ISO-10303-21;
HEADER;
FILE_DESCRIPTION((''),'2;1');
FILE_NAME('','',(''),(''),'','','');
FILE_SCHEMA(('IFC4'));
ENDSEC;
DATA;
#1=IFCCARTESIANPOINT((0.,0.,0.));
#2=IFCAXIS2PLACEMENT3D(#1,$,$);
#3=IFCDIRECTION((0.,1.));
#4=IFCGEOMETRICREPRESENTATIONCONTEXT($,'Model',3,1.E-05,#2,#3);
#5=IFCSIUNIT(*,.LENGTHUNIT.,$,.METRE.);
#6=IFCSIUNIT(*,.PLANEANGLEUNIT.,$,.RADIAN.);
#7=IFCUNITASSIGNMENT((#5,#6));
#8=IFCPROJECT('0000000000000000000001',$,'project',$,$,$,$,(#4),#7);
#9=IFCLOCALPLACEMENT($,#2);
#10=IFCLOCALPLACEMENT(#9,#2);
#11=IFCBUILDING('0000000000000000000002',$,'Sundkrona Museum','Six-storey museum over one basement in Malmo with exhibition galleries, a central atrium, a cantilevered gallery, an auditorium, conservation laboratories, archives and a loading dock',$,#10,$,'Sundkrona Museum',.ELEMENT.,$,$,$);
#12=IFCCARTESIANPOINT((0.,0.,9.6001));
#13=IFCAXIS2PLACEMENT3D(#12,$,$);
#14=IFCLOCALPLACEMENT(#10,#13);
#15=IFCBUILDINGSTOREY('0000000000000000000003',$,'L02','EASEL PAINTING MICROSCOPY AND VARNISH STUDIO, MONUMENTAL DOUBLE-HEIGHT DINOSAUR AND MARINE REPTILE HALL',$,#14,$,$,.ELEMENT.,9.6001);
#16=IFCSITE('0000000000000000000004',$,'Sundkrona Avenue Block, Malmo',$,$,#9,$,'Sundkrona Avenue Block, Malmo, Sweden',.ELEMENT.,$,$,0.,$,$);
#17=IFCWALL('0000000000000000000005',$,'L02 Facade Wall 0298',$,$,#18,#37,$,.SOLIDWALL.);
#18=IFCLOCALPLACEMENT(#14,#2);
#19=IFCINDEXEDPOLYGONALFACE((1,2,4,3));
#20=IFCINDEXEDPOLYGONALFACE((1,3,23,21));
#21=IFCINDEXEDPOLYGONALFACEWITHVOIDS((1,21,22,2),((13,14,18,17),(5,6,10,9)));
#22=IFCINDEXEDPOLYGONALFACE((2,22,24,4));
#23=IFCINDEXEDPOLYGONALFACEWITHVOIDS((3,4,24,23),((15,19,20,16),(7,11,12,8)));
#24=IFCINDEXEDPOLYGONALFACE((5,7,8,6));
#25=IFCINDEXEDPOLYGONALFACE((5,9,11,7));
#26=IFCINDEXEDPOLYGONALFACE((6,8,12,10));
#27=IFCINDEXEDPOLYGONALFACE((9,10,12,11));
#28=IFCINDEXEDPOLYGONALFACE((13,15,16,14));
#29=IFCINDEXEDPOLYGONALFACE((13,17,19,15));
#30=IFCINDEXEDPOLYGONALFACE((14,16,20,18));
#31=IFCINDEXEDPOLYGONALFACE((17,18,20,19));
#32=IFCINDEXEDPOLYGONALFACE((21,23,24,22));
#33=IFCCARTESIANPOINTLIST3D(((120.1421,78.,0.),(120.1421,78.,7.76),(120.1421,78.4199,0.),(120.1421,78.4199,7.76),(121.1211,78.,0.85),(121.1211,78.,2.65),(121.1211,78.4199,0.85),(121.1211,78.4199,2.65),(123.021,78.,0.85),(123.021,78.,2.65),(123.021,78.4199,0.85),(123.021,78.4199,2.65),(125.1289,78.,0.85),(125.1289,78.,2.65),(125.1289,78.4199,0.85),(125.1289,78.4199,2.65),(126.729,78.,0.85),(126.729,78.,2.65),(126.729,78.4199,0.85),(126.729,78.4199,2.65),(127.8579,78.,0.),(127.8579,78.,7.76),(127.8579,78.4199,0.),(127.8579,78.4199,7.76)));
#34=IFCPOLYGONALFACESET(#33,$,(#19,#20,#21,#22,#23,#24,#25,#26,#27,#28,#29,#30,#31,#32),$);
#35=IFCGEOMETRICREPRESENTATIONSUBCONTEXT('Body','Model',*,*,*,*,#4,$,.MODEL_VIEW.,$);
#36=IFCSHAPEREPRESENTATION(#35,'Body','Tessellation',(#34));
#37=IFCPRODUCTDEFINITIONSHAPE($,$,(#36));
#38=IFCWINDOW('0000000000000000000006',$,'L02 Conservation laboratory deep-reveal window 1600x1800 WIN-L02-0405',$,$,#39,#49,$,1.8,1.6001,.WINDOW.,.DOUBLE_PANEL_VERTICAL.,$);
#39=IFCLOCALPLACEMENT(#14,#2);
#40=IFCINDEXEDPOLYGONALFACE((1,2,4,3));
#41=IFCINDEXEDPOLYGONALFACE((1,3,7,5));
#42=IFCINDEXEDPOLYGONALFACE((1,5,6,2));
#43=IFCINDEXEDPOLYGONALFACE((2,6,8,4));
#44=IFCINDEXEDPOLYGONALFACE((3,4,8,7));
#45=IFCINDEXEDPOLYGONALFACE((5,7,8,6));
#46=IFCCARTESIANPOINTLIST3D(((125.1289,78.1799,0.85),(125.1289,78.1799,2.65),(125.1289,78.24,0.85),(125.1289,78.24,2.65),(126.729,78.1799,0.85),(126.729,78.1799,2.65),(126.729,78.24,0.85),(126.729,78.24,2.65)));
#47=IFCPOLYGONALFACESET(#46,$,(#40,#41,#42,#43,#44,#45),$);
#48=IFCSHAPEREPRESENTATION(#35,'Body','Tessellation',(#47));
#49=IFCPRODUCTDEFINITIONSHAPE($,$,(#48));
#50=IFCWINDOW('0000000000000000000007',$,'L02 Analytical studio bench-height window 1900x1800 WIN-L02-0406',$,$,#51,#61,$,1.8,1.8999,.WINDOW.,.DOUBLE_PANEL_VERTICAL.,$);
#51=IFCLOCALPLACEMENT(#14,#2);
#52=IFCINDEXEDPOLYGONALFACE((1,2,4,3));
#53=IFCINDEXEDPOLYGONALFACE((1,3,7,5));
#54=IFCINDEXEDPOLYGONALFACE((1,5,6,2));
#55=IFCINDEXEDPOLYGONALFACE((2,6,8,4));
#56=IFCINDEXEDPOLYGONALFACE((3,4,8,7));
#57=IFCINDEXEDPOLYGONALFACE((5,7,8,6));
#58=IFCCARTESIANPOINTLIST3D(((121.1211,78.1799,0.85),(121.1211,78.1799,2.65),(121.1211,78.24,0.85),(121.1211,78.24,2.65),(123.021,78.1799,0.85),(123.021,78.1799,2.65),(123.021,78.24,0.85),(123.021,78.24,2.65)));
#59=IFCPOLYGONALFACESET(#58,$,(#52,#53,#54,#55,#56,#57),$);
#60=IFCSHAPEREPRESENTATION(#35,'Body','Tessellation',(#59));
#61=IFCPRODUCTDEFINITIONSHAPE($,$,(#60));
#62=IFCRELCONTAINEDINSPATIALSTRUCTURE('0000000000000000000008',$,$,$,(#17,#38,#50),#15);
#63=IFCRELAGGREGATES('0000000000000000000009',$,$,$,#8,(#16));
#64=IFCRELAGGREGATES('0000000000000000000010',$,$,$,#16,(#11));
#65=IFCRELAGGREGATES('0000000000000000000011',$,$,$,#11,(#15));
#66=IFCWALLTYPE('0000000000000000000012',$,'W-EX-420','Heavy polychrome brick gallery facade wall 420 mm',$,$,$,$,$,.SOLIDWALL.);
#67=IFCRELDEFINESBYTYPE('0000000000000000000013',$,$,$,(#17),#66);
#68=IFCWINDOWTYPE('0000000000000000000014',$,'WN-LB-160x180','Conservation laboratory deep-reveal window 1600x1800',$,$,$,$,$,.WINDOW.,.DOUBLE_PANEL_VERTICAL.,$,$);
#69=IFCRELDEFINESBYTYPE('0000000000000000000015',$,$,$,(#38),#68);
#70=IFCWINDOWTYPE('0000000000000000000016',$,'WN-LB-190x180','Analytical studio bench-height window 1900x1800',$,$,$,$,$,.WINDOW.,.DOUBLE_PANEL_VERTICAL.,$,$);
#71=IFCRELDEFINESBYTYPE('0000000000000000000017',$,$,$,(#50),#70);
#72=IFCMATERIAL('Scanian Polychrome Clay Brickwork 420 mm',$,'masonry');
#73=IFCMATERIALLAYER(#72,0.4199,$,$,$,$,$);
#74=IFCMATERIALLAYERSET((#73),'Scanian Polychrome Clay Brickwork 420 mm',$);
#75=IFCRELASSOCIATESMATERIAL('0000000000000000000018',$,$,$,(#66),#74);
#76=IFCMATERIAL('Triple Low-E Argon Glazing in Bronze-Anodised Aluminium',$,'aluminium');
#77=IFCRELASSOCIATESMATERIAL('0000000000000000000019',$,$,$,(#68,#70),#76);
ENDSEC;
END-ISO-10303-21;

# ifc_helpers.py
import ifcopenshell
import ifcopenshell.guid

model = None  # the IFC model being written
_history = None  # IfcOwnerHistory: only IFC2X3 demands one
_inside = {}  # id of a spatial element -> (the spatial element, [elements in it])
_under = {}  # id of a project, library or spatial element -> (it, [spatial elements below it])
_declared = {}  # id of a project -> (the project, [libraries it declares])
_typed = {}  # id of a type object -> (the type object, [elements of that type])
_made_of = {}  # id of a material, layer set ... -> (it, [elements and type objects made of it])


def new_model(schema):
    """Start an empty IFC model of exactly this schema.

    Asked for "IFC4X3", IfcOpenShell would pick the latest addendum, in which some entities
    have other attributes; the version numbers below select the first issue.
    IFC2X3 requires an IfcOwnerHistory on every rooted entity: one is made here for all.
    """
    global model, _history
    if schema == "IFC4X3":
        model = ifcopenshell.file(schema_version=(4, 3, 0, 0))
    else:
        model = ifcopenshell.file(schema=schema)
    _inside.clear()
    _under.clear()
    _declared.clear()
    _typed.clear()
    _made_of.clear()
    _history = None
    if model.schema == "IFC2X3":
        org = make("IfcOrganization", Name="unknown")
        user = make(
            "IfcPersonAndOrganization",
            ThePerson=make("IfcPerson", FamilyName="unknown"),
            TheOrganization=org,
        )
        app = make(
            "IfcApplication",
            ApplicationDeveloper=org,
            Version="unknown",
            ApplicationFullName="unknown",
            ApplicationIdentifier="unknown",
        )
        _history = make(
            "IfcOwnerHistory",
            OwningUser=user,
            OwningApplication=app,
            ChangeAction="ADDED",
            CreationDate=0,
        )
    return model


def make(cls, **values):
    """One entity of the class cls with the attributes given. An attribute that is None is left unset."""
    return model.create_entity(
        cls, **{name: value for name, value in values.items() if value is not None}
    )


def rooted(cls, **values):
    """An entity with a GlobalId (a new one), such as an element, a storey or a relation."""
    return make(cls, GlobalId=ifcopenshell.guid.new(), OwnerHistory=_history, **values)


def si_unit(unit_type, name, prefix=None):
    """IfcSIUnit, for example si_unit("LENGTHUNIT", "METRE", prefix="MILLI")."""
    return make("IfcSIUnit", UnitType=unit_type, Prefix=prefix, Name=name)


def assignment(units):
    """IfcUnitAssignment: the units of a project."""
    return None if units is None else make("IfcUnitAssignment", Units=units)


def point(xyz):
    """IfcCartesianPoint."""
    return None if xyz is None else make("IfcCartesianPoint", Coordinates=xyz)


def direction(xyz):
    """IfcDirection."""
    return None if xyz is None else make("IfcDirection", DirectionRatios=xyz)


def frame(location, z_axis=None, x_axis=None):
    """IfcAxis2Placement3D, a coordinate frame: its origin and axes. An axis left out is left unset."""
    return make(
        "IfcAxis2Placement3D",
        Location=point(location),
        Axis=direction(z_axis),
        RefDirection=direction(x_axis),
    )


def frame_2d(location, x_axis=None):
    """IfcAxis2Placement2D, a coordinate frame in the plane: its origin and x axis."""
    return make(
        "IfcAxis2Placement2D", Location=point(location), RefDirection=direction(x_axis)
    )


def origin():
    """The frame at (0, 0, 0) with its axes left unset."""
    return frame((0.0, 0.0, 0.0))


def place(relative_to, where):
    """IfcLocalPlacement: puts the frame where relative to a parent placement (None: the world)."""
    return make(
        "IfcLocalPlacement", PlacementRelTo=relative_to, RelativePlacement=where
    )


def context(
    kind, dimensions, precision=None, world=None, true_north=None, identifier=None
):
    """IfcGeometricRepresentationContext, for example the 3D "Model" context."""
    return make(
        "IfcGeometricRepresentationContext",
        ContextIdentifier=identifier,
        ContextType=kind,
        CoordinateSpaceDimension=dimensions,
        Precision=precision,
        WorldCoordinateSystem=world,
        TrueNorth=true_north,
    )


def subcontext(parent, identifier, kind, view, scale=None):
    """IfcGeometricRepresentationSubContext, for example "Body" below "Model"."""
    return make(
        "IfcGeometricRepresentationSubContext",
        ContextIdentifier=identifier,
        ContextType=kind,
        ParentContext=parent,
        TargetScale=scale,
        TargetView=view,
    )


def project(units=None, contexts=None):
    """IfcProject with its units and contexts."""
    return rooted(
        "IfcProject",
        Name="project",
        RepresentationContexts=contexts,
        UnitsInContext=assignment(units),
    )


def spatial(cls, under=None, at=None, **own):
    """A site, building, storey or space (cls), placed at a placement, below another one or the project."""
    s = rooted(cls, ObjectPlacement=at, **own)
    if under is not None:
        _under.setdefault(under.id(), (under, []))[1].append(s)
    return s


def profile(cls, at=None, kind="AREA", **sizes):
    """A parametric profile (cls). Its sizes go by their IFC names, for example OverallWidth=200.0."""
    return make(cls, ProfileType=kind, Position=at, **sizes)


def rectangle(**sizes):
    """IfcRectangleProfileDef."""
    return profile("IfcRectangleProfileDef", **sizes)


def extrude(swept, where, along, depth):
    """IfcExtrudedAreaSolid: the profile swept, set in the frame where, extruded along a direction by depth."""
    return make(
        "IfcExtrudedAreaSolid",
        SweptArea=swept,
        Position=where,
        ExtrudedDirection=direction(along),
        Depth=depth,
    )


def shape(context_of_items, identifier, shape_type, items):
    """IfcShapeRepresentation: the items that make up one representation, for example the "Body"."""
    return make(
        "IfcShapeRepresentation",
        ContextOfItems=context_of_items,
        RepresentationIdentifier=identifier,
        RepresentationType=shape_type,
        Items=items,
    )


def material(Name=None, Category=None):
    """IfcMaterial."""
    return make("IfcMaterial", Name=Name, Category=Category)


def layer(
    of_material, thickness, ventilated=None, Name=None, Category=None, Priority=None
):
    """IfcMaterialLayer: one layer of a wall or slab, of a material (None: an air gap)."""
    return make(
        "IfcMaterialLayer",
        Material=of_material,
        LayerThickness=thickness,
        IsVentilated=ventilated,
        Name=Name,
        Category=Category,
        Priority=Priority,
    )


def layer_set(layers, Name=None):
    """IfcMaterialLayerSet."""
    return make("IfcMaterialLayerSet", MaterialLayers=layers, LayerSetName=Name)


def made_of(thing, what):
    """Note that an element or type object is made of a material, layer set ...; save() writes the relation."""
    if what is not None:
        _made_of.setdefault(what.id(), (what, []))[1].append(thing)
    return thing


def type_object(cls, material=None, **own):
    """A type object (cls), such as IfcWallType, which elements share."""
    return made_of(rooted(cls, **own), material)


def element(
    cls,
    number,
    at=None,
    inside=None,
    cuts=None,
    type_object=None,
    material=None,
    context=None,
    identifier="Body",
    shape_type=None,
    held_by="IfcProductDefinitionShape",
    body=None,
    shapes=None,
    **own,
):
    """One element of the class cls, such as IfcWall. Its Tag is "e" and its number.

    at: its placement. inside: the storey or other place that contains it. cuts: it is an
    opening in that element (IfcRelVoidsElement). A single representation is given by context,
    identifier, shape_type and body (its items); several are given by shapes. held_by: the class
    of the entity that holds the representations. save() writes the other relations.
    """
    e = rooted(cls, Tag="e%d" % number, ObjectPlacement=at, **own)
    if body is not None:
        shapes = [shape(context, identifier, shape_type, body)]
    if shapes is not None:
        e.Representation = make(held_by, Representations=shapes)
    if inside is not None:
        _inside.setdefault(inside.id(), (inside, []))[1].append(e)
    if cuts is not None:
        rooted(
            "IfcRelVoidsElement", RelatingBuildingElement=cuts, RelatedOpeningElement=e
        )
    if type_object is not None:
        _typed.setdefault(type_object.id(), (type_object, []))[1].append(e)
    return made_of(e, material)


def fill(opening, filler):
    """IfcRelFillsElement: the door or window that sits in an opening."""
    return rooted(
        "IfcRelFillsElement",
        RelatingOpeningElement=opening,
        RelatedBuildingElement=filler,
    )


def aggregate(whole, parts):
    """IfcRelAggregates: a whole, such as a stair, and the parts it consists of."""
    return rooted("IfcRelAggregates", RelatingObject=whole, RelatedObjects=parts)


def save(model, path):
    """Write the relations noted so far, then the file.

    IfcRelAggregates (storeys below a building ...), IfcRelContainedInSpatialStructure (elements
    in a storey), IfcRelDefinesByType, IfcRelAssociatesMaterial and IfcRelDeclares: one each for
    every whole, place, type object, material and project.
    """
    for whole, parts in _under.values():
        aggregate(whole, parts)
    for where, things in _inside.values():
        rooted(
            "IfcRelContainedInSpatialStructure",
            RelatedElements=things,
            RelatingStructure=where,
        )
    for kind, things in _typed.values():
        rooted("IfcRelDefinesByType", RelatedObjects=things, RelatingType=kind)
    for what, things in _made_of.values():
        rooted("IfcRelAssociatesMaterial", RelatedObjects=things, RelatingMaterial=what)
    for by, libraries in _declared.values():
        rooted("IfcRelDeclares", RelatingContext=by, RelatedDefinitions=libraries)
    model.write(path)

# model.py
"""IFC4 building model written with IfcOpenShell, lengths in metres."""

from ifc_helpers import new_model, si_unit, direction, frame, frame_2d, origin, place, context, subcontext, project, spatial, rectangle, extrude, material, layer, layer_set, type_object, element, fill, save


model = new_model("IFC4")

# Units and contexts
model_context = context("Model", 3, precision=1e-05, world=origin(), true_north=direction((0.0, 1.0)))
body_context = subcontext(model_context, "Body", "Model", "MODEL_VIEW")
ifc_project = project(units=[si_unit("LENGTHUNIT", "METRE"), si_unit("PLANEANGLEUNIT", "RADIAN")], contexts=[model_context])

# Site, building, storey
site_placement = place(None, origin())
site = spatial("IfcSite", under=ifc_project, at=site_placement, Name="Sundkrona Avenue Block, Malmo", LongName="Sundkrona Avenue Block, Malmo, Sweden", CompositionType="ELEMENT", RefElevation=0.0)
building_placement = place(site_placement, origin())
building = spatial("IfcBuilding", under=site, at=building_placement, Name="Sundkrona Museum", Description="Six-storey museum over one basement in Malmo with exhibition galleries, a central atrium, a cantilevered gallery, an auditorium, conservation laboratories, archives and a loading dock", LongName="Sundkrona Museum", CompositionType="ELEMENT")
storey_placement = place(building_placement, frame((0.0, 0.0, 9.6001)))
storey = spatial("IfcBuildingStorey", under=building, at=storey_placement, Name="L02", Description="EASEL PAINTING MICROSCOPY AND VARNISH STUDIO, MONUMENTAL DOUBLE-HEIGHT DINOSAUR AND MARINE REPTILE HALL", CompositionType="ELEMENT", Elevation=9.6001)

# Wall, openings, windows
ifc_material_1 = material(Name="Scanian Polychrome Clay Brickwork 420 mm", Category="masonry")
ifc_layer = layer(ifc_material_1, 0.4199)
ifc_layer_set = layer_set([ifc_layer], Name="Scanian Polychrome Clay Brickwork 420 mm")
wall_type = type_object("IfcWallType", Name="W-EX-420", Description="Heavy polychrome brick gallery facade wall 420 mm", PredefinedType="SOLIDWALL", material=ifc_layer_set)
ifc_material_2 = material(Name="Triple Low-E Argon Glazing in Bronze-Anodised Aluminium", Category="aluminium")
window_type_1 = type_object("IfcWindowType", Name="WN-LB-160x180", Description="Conservation laboratory deep-reveal window 1600x1800", PartitioningType="DOUBLE_PANEL_VERTICAL", PredefinedType="WINDOW", material=ifc_material_2)
window_type_2 = type_object("IfcWindowType", Name="WN-LB-190x180", Description="Analytical studio bench-height window 1900x1800", PartitioningType="DOUBLE_PANEL_VERTICAL", PredefinedType="WINDOW", material=ifc_material_2)
wall_1_placement = place(storey_placement, frame((127.8579, 78.21, 0.0), z_axis=(0.0, 0.0, 1.0), x_axis=(-1.0, 0.0, 0.0)))
wall_1 = element("IfcWall", 1, at=wall_1_placement, inside=storey, type_object=wall_type, Name="L02 Facade Wall 0298", PredefinedType="SOLIDWALL", context=body_context, shape_type="SweptSolid", body=[
    extrude(rectangle(XDim=7.7158, YDim=0.4199, at=frame_2d((3.8579, 0.0))), origin(), (0.0, 0.0, 1.0), 7.76),
])
opening_1_placement = place(wall_1_placement, frame((1.1289, 0.0, 0.8501)))
opening_1 = element("IfcOpeningElement", 2, at=opening_1_placement, cuts=wall_1, PredefinedType="OPENING", context=body_context, shape_type="SweptSolid", body=[
    extrude(rectangle(XDim=1.6001, YDim=1.8, at=frame_2d((0.8, 0.8999))), frame((0.0, 0.22, 0.0), z_axis=(0.0, -1.0, 0.0), x_axis=(1.0, 0.0, 0.0)), (0.0, 0.0, 1.0), 0.4399),
])
opening_2_placement = place(wall_1_placement, frame((4.8369, 0.0, 0.8501)))
opening_2 = element("IfcOpeningElement", 3, at=opening_2_placement, cuts=wall_1, PredefinedType="OPENING", context=body_context, shape_type="SweptSolid", body=[
    extrude(rectangle(XDim=1.8999, YDim=1.8, at=frame_2d((0.95, 0.8999))), frame((0.0, 0.22, 0.0), z_axis=(0.0, -1.0, 0.0), x_axis=(1.0, 0.0, 0.0)), (0.0, 0.0, 1.0), 0.4399),
])
window_1_placement = place(opening_1_placement, origin())
window_1 = element("IfcWindow", 4, at=window_1_placement, inside=storey, type_object=window_type_1, Name="L02 Conservation laboratory deep-reveal window 1600x1800 WIN-L02-0405", OverallHeight=1.8, OverallWidth=1.6001, PartitioningType="DOUBLE_PANEL_VERTICAL", PredefinedType="WINDOW", context=body_context, shape_type="SweptSolid", body=[
    extrude(rectangle(XDim=1.6001, YDim=1.8, at=frame_2d((0.8, 0.8999))), frame((0.0, 0.03, 0.0), z_axis=(0.0, -1.0, 0.0), x_axis=(1.0, 0.0, 0.0)), (0.0, 0.0, 1.0), 0.0601),
])
fill(opening_1, window_1)
window_2_placement = place(opening_2_placement, origin())
window_2 = element("IfcWindow", 5, at=window_2_placement, inside=storey, type_object=window_type_2, Name="L02 Analytical studio bench-height window 1900x1800 WIN-L02-0406", OverallHeight=1.8, OverallWidth=1.8999, PartitioningType="DOUBLE_PANEL_VERTICAL", PredefinedType="WINDOW", context=body_context, shape_type="SweptSolid", body=[
    extrude(rectangle(XDim=1.8999, YDim=1.8, at=frame_2d((0.95, 0.8999))), frame((0.0, 0.03, 0.0), z_axis=(0.0, -1.0, 0.0), x_axis=(1.0, 0.0, 0.0)), (0.0, 0.0, 1.0), 0.0601),
])
fill(opening_2, window_2)

save(model, "model.ifc")
